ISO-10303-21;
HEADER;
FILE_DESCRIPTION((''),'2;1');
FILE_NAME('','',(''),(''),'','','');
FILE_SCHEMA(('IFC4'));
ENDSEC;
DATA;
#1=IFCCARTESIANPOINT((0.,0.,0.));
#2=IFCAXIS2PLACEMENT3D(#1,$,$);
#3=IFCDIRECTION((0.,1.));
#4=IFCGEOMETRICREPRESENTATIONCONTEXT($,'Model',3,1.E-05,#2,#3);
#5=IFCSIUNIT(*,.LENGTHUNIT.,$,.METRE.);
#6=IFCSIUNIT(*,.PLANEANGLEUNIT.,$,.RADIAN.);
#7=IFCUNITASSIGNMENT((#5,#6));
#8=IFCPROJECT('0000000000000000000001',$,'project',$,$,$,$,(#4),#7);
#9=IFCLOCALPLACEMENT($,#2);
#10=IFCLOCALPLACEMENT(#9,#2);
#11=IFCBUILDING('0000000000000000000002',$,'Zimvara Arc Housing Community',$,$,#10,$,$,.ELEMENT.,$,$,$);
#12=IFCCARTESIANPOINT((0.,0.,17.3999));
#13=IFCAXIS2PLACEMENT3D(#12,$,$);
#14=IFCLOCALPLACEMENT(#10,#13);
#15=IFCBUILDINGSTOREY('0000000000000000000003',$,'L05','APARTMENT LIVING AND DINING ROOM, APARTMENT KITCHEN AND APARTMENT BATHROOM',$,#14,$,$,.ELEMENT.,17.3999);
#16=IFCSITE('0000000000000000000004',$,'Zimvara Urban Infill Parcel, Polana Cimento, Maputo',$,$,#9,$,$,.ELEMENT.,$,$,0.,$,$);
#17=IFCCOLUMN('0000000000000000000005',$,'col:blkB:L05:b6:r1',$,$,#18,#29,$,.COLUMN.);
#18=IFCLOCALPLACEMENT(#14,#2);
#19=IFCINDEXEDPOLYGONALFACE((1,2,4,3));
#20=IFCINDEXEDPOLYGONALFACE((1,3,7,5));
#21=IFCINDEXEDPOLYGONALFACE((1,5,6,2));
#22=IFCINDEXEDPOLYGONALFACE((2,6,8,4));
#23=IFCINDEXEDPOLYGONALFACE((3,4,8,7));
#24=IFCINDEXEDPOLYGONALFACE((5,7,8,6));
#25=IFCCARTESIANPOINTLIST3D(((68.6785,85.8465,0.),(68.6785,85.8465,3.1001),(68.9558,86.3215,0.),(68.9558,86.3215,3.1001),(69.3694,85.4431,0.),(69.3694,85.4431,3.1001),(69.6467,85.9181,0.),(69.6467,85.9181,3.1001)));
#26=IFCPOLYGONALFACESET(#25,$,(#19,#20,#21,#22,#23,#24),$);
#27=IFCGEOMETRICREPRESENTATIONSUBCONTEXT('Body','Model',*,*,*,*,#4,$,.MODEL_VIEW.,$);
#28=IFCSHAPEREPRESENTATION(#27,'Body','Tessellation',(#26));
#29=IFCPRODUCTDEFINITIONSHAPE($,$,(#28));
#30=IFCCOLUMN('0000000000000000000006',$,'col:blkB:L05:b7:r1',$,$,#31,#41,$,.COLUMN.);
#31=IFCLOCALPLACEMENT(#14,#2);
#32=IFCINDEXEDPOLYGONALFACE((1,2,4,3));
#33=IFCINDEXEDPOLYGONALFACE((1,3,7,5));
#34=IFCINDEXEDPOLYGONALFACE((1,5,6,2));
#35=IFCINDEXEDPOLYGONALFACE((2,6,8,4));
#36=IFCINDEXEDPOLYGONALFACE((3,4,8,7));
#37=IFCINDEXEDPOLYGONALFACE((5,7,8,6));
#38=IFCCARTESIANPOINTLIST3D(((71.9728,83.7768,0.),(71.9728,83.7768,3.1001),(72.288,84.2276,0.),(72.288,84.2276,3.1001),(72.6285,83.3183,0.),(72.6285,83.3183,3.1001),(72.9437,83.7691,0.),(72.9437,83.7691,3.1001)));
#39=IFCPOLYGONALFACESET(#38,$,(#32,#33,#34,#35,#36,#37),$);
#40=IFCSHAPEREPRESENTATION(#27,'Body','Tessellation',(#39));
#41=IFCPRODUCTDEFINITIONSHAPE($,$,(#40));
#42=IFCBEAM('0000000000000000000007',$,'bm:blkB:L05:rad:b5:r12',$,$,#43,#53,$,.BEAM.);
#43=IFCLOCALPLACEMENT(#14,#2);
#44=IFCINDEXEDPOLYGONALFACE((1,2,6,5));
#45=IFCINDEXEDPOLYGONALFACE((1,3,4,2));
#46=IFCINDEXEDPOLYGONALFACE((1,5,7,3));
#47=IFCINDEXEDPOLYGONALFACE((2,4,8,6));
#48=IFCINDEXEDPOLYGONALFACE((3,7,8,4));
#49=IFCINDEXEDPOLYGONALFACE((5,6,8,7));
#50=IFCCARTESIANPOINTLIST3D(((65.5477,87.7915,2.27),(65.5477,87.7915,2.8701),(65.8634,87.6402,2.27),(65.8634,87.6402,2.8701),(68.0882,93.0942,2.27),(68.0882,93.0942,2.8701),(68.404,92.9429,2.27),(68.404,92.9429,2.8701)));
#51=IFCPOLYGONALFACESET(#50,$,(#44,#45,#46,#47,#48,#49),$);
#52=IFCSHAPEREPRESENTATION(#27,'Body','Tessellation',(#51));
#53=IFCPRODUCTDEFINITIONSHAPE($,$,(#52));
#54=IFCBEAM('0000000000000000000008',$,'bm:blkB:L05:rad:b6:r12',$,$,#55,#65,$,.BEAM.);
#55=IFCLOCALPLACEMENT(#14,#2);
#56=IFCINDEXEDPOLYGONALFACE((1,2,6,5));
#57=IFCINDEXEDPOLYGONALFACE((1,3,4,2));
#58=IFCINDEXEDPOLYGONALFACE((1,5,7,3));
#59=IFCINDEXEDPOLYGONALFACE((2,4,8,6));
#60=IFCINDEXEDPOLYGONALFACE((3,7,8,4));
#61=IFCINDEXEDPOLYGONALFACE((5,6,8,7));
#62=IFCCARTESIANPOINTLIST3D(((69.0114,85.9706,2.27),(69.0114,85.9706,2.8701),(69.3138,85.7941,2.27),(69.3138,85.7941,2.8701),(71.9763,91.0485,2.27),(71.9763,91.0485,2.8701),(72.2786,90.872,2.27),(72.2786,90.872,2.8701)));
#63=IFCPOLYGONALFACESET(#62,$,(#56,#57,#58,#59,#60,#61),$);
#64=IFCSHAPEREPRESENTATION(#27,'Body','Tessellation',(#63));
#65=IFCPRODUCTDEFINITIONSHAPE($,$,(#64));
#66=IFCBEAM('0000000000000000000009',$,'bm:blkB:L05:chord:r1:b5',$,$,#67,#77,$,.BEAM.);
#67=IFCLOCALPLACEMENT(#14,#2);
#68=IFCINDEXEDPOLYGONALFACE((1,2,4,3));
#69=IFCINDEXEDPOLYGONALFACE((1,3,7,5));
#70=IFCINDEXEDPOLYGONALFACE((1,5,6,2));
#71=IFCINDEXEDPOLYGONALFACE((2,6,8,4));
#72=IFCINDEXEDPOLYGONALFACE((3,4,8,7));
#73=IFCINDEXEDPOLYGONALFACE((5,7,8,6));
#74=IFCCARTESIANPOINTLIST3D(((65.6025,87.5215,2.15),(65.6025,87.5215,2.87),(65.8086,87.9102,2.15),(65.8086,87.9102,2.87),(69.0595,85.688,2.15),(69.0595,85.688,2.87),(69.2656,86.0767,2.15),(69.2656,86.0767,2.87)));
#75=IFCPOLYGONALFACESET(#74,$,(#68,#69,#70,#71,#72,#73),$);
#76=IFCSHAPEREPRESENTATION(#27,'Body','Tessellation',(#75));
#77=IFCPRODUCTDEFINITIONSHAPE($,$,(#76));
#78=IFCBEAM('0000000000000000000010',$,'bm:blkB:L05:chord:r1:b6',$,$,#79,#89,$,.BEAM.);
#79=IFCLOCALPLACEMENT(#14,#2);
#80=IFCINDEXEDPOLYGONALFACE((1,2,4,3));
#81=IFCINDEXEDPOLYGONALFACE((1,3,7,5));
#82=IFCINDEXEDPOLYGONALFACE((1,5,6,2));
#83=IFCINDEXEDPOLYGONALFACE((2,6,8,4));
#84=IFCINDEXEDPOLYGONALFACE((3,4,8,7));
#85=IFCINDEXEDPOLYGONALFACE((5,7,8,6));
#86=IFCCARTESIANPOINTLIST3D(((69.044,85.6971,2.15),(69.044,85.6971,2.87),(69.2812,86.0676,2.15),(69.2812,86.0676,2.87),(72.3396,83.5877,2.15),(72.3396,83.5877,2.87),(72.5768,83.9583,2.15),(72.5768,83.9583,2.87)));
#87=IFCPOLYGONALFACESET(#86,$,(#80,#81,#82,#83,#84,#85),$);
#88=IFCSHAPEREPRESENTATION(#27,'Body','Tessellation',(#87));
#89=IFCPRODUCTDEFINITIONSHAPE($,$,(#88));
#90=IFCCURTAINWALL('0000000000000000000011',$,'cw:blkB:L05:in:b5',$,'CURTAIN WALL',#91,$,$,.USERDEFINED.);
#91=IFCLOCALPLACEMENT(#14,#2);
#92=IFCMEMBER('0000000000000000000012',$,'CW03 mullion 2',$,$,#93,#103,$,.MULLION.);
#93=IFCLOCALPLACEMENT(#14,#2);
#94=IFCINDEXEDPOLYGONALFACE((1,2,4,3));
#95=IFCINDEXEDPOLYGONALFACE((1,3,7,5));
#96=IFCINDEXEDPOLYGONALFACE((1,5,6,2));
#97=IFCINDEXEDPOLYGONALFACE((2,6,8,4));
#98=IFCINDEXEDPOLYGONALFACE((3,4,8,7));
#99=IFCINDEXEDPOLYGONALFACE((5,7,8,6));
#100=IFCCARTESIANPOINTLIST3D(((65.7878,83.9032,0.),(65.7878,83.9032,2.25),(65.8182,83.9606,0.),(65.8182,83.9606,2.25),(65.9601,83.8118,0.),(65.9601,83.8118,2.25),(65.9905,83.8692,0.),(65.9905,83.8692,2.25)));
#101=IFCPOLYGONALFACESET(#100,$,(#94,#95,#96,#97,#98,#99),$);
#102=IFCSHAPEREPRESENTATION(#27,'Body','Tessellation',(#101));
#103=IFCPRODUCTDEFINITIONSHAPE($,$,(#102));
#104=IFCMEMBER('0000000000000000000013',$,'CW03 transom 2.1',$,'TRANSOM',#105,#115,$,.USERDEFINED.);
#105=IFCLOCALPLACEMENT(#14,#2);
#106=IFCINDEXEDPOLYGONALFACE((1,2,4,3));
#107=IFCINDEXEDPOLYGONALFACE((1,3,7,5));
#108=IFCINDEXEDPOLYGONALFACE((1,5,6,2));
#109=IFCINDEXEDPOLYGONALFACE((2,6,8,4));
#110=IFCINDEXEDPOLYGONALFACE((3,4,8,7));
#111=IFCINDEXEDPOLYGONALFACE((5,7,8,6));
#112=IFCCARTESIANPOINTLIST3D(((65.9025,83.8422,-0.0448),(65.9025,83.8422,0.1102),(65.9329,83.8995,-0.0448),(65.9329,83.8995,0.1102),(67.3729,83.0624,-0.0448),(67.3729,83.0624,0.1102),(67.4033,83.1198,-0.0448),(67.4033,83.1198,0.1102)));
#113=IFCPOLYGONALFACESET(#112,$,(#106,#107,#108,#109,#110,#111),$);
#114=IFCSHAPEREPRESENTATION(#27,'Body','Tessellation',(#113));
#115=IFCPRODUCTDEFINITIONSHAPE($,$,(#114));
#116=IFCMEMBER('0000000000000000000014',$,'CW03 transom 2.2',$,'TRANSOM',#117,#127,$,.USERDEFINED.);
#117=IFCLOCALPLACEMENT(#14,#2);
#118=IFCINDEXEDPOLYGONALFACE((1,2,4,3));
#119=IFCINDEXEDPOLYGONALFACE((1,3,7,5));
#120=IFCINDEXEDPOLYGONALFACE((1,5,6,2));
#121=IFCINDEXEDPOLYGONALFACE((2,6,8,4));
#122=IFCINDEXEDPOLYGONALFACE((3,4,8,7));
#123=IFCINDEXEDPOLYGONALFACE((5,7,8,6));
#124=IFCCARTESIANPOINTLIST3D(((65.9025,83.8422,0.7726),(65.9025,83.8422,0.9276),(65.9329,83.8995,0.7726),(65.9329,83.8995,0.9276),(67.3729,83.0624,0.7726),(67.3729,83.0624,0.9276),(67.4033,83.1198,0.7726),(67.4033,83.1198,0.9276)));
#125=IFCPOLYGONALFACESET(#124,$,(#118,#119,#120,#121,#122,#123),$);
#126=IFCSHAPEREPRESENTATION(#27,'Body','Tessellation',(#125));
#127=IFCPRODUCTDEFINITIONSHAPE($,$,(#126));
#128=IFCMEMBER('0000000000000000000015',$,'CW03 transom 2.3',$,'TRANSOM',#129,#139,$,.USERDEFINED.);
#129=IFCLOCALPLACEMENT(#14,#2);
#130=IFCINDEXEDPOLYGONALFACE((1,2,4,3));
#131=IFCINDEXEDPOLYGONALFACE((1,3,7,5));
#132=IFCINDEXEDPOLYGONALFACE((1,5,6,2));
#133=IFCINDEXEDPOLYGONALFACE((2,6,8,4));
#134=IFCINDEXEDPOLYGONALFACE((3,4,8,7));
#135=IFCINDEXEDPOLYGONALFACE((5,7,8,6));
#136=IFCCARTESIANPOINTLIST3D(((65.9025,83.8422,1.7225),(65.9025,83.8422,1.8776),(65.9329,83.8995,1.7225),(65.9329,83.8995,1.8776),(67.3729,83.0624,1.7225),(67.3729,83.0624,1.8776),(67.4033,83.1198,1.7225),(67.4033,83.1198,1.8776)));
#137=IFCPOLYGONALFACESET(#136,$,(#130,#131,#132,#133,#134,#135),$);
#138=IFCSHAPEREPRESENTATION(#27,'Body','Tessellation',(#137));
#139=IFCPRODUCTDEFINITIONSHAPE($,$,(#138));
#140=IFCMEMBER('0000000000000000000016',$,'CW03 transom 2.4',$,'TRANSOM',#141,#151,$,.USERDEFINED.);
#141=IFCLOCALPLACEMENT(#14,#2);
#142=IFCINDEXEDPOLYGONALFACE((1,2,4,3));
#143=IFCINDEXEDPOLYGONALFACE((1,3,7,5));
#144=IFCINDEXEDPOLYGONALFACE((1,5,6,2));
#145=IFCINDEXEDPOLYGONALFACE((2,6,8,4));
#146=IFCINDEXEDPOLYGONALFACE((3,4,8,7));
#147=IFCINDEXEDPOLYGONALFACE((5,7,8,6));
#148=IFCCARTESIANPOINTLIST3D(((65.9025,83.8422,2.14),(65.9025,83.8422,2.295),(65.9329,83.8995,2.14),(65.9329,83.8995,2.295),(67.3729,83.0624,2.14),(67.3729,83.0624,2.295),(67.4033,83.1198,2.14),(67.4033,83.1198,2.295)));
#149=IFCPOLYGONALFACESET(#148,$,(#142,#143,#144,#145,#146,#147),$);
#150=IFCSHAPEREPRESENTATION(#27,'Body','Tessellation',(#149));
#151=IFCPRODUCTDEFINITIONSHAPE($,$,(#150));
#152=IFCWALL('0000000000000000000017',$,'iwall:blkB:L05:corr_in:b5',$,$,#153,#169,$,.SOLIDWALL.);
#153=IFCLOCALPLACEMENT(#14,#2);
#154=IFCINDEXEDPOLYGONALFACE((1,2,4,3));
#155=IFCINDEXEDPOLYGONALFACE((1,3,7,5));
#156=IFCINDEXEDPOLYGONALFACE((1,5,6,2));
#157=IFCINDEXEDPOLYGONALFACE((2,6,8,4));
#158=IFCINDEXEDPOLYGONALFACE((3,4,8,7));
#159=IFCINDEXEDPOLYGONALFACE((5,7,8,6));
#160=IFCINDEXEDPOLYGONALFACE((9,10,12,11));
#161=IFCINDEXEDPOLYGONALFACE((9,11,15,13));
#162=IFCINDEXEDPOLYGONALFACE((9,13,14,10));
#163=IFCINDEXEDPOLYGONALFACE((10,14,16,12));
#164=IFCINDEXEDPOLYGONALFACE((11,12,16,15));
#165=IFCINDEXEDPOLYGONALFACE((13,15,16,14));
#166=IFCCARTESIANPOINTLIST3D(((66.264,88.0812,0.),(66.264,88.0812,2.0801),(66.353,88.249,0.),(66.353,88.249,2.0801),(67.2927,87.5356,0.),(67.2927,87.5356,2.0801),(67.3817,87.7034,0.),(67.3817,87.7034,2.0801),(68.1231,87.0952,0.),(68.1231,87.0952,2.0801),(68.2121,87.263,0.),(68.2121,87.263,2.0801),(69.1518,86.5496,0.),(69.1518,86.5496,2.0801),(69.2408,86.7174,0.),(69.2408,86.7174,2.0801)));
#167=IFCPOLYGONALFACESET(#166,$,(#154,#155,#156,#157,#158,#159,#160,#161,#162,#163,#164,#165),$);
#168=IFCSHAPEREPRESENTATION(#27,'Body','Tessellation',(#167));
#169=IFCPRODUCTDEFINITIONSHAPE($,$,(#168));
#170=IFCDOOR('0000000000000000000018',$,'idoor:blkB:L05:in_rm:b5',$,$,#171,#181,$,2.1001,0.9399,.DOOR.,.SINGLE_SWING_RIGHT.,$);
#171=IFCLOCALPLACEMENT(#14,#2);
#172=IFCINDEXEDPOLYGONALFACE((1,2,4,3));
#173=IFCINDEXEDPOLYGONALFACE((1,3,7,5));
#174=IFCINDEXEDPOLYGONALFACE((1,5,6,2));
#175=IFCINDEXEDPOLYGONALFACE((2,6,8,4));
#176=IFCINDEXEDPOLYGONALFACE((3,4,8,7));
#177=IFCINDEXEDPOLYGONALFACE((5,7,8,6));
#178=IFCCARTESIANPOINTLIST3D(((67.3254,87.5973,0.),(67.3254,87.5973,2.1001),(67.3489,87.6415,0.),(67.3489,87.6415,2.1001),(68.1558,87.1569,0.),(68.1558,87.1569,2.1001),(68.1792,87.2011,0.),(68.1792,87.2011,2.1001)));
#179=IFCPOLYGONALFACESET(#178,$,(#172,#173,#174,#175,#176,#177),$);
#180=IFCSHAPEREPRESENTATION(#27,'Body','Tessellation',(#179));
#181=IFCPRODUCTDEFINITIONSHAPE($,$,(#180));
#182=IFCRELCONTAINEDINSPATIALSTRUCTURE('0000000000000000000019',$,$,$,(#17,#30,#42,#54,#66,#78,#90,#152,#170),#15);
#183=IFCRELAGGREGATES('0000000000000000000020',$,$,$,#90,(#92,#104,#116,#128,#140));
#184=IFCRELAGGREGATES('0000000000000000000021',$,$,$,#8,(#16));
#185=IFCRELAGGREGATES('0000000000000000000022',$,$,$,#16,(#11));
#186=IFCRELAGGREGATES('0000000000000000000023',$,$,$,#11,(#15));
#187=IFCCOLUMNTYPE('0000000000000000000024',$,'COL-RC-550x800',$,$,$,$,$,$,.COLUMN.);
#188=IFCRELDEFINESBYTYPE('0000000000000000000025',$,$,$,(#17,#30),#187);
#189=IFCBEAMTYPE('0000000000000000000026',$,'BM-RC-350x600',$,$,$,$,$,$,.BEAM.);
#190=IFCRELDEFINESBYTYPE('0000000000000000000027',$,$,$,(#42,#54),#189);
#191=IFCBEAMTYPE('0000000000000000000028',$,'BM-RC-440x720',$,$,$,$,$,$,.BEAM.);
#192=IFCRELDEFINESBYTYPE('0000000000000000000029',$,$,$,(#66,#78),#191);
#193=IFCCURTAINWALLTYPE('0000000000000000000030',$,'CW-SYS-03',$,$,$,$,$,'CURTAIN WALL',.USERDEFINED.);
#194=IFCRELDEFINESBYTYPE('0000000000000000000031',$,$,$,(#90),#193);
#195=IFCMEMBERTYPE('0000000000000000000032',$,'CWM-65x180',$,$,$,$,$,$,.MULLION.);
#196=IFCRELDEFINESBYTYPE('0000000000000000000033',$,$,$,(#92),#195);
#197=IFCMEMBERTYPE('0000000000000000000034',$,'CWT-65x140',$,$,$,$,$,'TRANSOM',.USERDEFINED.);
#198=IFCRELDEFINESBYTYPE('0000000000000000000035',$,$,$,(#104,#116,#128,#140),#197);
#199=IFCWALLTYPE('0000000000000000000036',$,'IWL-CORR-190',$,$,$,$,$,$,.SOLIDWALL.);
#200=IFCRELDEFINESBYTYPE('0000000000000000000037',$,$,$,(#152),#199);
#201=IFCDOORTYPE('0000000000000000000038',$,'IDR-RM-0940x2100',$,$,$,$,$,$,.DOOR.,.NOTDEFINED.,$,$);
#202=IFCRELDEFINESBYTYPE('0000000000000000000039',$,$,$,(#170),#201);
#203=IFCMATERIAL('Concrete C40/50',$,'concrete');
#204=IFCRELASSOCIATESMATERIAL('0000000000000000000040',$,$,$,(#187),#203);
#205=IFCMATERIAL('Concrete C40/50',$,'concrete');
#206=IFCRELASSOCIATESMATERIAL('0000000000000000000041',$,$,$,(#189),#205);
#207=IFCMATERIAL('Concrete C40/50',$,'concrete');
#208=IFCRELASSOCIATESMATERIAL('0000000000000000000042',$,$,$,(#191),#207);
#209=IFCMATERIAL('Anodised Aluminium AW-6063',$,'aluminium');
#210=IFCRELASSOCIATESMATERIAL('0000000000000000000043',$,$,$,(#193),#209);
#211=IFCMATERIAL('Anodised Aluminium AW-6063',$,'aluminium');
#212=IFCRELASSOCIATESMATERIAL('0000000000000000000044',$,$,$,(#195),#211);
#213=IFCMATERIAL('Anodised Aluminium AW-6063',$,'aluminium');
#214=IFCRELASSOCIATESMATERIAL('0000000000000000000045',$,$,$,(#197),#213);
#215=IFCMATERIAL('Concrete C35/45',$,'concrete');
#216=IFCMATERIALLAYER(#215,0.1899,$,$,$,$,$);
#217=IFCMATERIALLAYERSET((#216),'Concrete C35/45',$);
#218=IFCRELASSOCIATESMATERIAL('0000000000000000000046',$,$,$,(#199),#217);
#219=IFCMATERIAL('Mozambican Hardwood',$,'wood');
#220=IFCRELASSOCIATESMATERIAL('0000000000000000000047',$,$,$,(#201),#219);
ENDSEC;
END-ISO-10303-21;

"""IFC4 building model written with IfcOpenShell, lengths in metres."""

from ifc_helpers import new_model, si_unit, direction, frame, frame_2d, origin, origin_2d, place, context, subcontext, project, spatial, rectangle, extrude, material, layer, layer_set, material_profile, profile_set, type_object, element, fill, aggregate, save


model = new_model("IFC4")

# Units and contexts
model_context = context("Model", 3, precision=1e-05, world=origin(), true_north=direction((0.0, 1.0)))
body_context = subcontext(model_context, "Body", "Model", "MODEL_VIEW")
ifc_project = project(units=[si_unit("LENGTHUNIT", "METRE"), si_unit("PLANEANGLEUNIT", "RADIAN")], contexts=[model_context])

# Site, building, storey
site_placement = place(None, origin())
site = spatial("IfcSite", under=ifc_project, at=site_placement, Name="Zimvara Urban Infill Parcel, Polana Cimento, Maputo", CompositionType="ELEMENT", RefElevation=0.0)
building_placement = place(site_placement, origin())
building = spatial("IfcBuilding", under=site, at=building_placement, Name="Zimvara Arc Housing Community", CompositionType="ELEMENT")
storey_placement = place(building_placement, frame((0.0, 0.0, 17.3999)))
storey = spatial("IfcBuildingStorey", under=building, at=storey_placement, Name="L05", Description="APARTMENT LIVING AND DINING ROOM, APARTMENT KITCHEN AND APARTMENT BATHROOM", CompositionType="ELEMENT", Elevation=17.3999)

# Columns
ifc_material_1 = material(Name="Concrete C40/50", Category="concrete")
ifc_material_profile_1 = material_profile(ifc_material_1, rectangle(XDim=0.55, YDim=0.8, at=origin_2d()), Name="RC 550x800")
ifc_profile_set_1 = profile_set([ifc_material_profile_1], Name="Concrete C40/50")
column_type = type_object("IfcColumnType", Name="COL-RC-550x800", PredefinedType="COLUMN", material=ifc_profile_set_1)
for number, where, z_axis, x_axis, name in (
    (1, (69.1626, 85.8823, 0.0), (0.0, 0.0, 1.0), (0.504226, 0.863572, 0.0), "col:blkB:L05:b6:r1"),
    (2, (72.4583, 83.7729, 0.0), (0.0, 0.0, 1.0), (0.573004, 0.819552, 0.0), "col:blkB:L05:b7:r1"),
):
    element("IfcColumn", number, at=place(storey_placement, frame(where, z_axis=z_axis, x_axis=x_axis)), inside=storey, type_object=column_type, Name=name, PredefinedType="COLUMN", context=body_context, shape_type="SweptSolid", body=[
        extrude(rectangle(XDim=0.55, YDim=0.8, at=origin_2d()), origin(), (0.0, 0.0, 1.0), 3.1001),
    ])

# Beams
ifc_material_2 = material(Name="Concrete C40/50", Category="concrete")
ifc_material_profile_2 = material_profile(ifc_material_2, rectangle(XDim=0.3501, YDim=0.6001, at=origin_2d()), Name="RC 350x600")
ifc_profile_set_2 = profile_set([ifc_material_profile_2], Name="Concrete C40/50")
beam_type_1 = type_object("IfcBeamType", Name="BM-RC-350x600", PredefinedType="BEAM", material=ifc_profile_set_2)
beam_1_placement = place(storey_placement, frame((65.7056, 87.7158, 2.5701), z_axis=(0.43207, 0.90184, 0.0), x_axis=(-0.90184, 0.43207, 0.0)))
element("IfcBeam", 3, at=beam_1_placement, inside=storey, type_object=beam_type_1, Name="bm:blkB:L05:rad:b5:r12", PredefinedType="BEAM", context=body_context, shape_type="SweptSolid", body=[
    extrude(rectangle(XDim=0.3501, YDim=0.6001, at=origin_2d()), origin(), (0.0, 0.0, 1.0), 5.8799),
])
beam_2_placement = place(storey_placement, frame((69.1626, 85.8823, 2.5701), z_axis=(0.504219, 0.863576, 0.0), x_axis=(-0.863576, 0.504219, 0.0)))
element("IfcBeam", 4, at=beam_2_placement, inside=storey, type_object=beam_type_1, Name="bm:blkB:L05:rad:b6:r12", PredefinedType="BEAM", context=body_context, shape_type="SweptSolid", body=[
    extrude(rectangle(XDim=0.3501, YDim=0.6001, at=origin_2d()), origin(), (0.0, 0.0, 1.0), 5.8801),
])
ifc_material_3 = material(Name="Concrete C40/50", Category="concrete")
ifc_material_profile_3 = material_profile(ifc_material_3, rectangle(XDim=0.4399, YDim=0.72, at=origin_2d()), Name="RC 440x720")
ifc_profile_set_3 = profile_set([ifc_material_profile_3], Name="Concrete C40/50")
beam_type_2 = type_object("IfcBeamType", Name="BM-RC-440x720", PredefinedType="BEAM", material=ifc_profile_set_3)
beam_3_placement = place(storey_placement, frame((65.7056, 87.7158, 2.51), z_axis=(0.883439, -0.468547, 0.0), x_axis=(0.468547, 0.883439, 0.0)))
element("IfcBeam", 5, at=beam_3_placement, inside=storey, type_object=beam_type_2, Name="bm:blkB:L05:chord:r1:b5", PredefinedType="BEAM", context=body_context, shape_type="SweptSolid", body=[
    extrude(rectangle(XDim=0.4399, YDim=0.72, at=origin_2d()), origin(), (0.0, 0.0, 1.0), 3.9131),
])
beam_4_placement = place(storey_placement, frame((69.1626, 85.8823, 2.51), z_axis=(0.842253, -0.539082, 0.0), x_axis=(0.539082, 0.842253, 0.0)))
element("IfcBeam", 6, at=beam_4_placement, inside=storey, type_object=beam_type_2, Name="bm:blkB:L05:chord:r1:b6", PredefinedType="BEAM", context=body_context, shape_type="SweptSolid", body=[
    extrude(rectangle(XDim=0.4399, YDim=0.72, at=origin_2d()), origin(), (0.0, 0.0, 1.0), 3.9128),
])

# Curtain wall, members
ifc_material_4 = material(Name="Anodised Aluminium AW-6063", Category="aluminium")
curtain_wall_type = type_object("IfcCurtainWallType", Name="CW-SYS-03", ElementType="CURTAIN WALL", PredefinedType="USERDEFINED", material=ifc_material_4)
curtain_wall_placement = place(storey_placement, origin())
curtain_wall = element("IfcCurtainWall", 7, at=curtain_wall_placement, inside=storey, type_object=curtain_wall_type, Name="cw:blkB:L05:in:b5", ObjectType="CURTAIN WALL", PredefinedType="USERDEFINED")
ifc_material_5 = material(Name="Anodised Aluminium AW-6063", Category="aluminium")
ifc_material_profile_4 = material_profile(ifc_material_5, rectangle(XDim=0.0649, YDim=0.1951, at=origin_2d()), Name="ALU 65x195")
ifc_profile_set_4 = profile_set([ifc_material_profile_4], Name="Anodised Aluminium AW-6063")
member_type_1 = type_object("IfcMemberType", Name="CWM-65x180", PredefinedType="MULLION", material=ifc_profile_set_4)
member_1_placement = place(storey_placement, frame((65.8892, 83.8862, 0.0), z_axis=(0.0, 0.0, 1.0), x_axis=(0.468545, 0.88344, 0.0)))
member_1 = element("IfcMember", 8, at=member_1_placement, type_object=member_type_1, Name="CW03 mullion 2", PredefinedType="MULLION", context=body_context, shape_type="SweptSolid", body=[
    extrude(rectangle(XDim=0.0649, YDim=0.1951, at=origin_2d()), origin(), (0.0, 0.0, 1.0), 2.25),
])
ifc_material_6 = material(Name="Anodised Aluminium AW-6063", Category="aluminium")
ifc_material_profile_5 = material_profile(ifc_material_6, rectangle(XDim=0.0649, YDim=0.155, at=origin_2d()), Name="ALU 65x155")
ifc_profile_set_5 = profile_set([ifc_material_profile_5], Name="Anodised Aluminium AW-6063")
member_type_2 = type_object("IfcMemberType", Name="CWT-65x140", ElementType="TRANSOM", PredefinedType="USERDEFINED", material=ifc_profile_set_5)
member_2_placement = place(storey_placement, frame((65.9177, 83.8708, 0.0327), z_axis=(0.883463, -0.468501, 0.0), x_axis=(0.468501, 0.883463, 0.0)))
member_2 = element("IfcMember", 9, at=member_2_placement, type_object=member_type_2, Name="CW03 transom 2.1", ObjectType="TRANSOM", PredefinedType="USERDEFINED", context=body_context, shape_type="SweptSolid", body=[
    extrude(rectangle(XDim=0.0649, YDim=0.155, at=origin_2d()), origin(), (0.0, 0.0, 1.0), 1.6643),
])
member_3_placement = place(storey_placement, frame((65.9177, 83.8708, 0.8501), z_axis=(0.883463, -0.468501, 0.0), x_axis=(0.468501, 0.883463, 0.0)))
member_3 = element("IfcMember", 10, at=member_3_placement, type_object=member_type_2, Name="CW03 transom 2.2", ObjectType="TRANSOM", PredefinedType="USERDEFINED", context=body_context, shape_type="SweptSolid", body=[
    extrude(rectangle(XDim=0.0649, YDim=0.155, at=origin_2d()), origin(), (0.0, 0.0, 1.0), 1.6643),
])
member_4_placement = place(storey_placement, frame((65.9177, 83.8708, 1.8), z_axis=(0.883463, -0.468501, 0.0), x_axis=(0.468501, 0.883463, 0.0)))
member_4 = element("IfcMember", 11, at=member_4_placement, type_object=member_type_2, Name="CW03 transom 2.3", ObjectType="TRANSOM", PredefinedType="USERDEFINED", context=body_context, shape_type="SweptSolid", body=[
    extrude(rectangle(XDim=0.0649, YDim=0.155, at=origin_2d()), origin(), (0.0, 0.0, 1.0), 1.6643),
])
member_5_placement = place(storey_placement, frame((65.9177, 83.8708, 2.2175), z_axis=(0.883463, -0.468501, 0.0), x_axis=(0.468501, 0.883463, 0.0)))
member_5 = element("IfcMember", 12, at=member_5_placement, type_object=member_type_2, Name="CW03 transom 2.4", ObjectType="TRANSOM", PredefinedType="USERDEFINED", context=body_context, shape_type="SweptSolid", body=[
    extrude(rectangle(XDim=0.0649, YDim=0.155, at=origin_2d()), origin(), (0.0, 0.0, 1.0), 1.6643),
])
aggregate(curtain_wall, [member_1, member_2, member_3, member_4, member_5])

# Wall, opening, door
ifc_material_7 = material(Name="Concrete C35/45", Category="concrete")
ifc_layer = layer(ifc_material_7, 0.1899)
ifc_layer_set = layer_set([ifc_layer], Name="Concrete C35/45")
wall_type = type_object("IfcWallType", Name="IWL-CORR-190", PredefinedType="SOLIDWALL", material=ifc_layer_set)
wall_1_placement = place(storey_placement, frame((66.3086, 88.165, 0.0), z_axis=(0.0, 0.0, 1.0), x_axis=(0.883444, -0.468536, 0.0)))
wall_1 = element("IfcWall", 13, at=wall_1_placement, inside=storey, type_object=wall_type, Name="iwall:blkB:L05:corr_in:b5", PredefinedType="SOLIDWALL", context=body_context, shape_type="SweptSolid", body=[
    extrude(rectangle(XDim=3.2688, YDim=0.1899, at=frame_2d((1.6343, 0.0))), origin(), (0.0, 0.0, 1.0), 2.0801),
])
opening_1_placement = place(wall_1_placement, frame((1.1643, 0.0, 0.0)))
opening_1 = element("IfcOpeningElement", 14, at=opening_1_placement, cuts=wall_1, PredefinedType="OPENING", context=body_context, shape_type="SweptSolid", body=[
    extrude(rectangle(XDim=0.9399, YDim=2.1001, at=frame_2d((0.47, 1.05))), frame((0.0, 0.105, 0.0), z_axis=(0.0, -1.0, 0.0), x_axis=(1.0, 0.0, 0.0)), (0.0, 0.0, 1.0), 0.21),
])
ifc_material_8 = material(Name="Mozambican Hardwood", Category="wood")
door_type_1 = type_object("IfcDoorType", Name="IDR-RM-0940x2100", OperationType="NOTDEFINED", PredefinedType="DOOR", material=ifc_material_8)
door_1_placement = place(opening_1_placement, origin())
door_1 = element("IfcDoor", 15, at=door_1_placement, inside=storey, type_object=door_type_1, Name="idoor:blkB:L05:in_rm:b5", OperationType="SINGLE_SWING_RIGHT", OverallHeight=2.1001, OverallWidth=0.9399, PredefinedType="DOOR", context=body_context, shape_type="SweptSolid", body=[
    extrude(rectangle(XDim=0.9399, YDim=2.1001, at=frame_2d((0.47, 1.05))), frame((0.0, 0.0249, 0.0), z_axis=(0.0, -1.0, 0.0), x_axis=(1.0, 0.0, 0.0)), (0.0, 0.0, 1.0), 0.05),
])
fill(opening_1, door_1)

save(model, "model.ifc")
